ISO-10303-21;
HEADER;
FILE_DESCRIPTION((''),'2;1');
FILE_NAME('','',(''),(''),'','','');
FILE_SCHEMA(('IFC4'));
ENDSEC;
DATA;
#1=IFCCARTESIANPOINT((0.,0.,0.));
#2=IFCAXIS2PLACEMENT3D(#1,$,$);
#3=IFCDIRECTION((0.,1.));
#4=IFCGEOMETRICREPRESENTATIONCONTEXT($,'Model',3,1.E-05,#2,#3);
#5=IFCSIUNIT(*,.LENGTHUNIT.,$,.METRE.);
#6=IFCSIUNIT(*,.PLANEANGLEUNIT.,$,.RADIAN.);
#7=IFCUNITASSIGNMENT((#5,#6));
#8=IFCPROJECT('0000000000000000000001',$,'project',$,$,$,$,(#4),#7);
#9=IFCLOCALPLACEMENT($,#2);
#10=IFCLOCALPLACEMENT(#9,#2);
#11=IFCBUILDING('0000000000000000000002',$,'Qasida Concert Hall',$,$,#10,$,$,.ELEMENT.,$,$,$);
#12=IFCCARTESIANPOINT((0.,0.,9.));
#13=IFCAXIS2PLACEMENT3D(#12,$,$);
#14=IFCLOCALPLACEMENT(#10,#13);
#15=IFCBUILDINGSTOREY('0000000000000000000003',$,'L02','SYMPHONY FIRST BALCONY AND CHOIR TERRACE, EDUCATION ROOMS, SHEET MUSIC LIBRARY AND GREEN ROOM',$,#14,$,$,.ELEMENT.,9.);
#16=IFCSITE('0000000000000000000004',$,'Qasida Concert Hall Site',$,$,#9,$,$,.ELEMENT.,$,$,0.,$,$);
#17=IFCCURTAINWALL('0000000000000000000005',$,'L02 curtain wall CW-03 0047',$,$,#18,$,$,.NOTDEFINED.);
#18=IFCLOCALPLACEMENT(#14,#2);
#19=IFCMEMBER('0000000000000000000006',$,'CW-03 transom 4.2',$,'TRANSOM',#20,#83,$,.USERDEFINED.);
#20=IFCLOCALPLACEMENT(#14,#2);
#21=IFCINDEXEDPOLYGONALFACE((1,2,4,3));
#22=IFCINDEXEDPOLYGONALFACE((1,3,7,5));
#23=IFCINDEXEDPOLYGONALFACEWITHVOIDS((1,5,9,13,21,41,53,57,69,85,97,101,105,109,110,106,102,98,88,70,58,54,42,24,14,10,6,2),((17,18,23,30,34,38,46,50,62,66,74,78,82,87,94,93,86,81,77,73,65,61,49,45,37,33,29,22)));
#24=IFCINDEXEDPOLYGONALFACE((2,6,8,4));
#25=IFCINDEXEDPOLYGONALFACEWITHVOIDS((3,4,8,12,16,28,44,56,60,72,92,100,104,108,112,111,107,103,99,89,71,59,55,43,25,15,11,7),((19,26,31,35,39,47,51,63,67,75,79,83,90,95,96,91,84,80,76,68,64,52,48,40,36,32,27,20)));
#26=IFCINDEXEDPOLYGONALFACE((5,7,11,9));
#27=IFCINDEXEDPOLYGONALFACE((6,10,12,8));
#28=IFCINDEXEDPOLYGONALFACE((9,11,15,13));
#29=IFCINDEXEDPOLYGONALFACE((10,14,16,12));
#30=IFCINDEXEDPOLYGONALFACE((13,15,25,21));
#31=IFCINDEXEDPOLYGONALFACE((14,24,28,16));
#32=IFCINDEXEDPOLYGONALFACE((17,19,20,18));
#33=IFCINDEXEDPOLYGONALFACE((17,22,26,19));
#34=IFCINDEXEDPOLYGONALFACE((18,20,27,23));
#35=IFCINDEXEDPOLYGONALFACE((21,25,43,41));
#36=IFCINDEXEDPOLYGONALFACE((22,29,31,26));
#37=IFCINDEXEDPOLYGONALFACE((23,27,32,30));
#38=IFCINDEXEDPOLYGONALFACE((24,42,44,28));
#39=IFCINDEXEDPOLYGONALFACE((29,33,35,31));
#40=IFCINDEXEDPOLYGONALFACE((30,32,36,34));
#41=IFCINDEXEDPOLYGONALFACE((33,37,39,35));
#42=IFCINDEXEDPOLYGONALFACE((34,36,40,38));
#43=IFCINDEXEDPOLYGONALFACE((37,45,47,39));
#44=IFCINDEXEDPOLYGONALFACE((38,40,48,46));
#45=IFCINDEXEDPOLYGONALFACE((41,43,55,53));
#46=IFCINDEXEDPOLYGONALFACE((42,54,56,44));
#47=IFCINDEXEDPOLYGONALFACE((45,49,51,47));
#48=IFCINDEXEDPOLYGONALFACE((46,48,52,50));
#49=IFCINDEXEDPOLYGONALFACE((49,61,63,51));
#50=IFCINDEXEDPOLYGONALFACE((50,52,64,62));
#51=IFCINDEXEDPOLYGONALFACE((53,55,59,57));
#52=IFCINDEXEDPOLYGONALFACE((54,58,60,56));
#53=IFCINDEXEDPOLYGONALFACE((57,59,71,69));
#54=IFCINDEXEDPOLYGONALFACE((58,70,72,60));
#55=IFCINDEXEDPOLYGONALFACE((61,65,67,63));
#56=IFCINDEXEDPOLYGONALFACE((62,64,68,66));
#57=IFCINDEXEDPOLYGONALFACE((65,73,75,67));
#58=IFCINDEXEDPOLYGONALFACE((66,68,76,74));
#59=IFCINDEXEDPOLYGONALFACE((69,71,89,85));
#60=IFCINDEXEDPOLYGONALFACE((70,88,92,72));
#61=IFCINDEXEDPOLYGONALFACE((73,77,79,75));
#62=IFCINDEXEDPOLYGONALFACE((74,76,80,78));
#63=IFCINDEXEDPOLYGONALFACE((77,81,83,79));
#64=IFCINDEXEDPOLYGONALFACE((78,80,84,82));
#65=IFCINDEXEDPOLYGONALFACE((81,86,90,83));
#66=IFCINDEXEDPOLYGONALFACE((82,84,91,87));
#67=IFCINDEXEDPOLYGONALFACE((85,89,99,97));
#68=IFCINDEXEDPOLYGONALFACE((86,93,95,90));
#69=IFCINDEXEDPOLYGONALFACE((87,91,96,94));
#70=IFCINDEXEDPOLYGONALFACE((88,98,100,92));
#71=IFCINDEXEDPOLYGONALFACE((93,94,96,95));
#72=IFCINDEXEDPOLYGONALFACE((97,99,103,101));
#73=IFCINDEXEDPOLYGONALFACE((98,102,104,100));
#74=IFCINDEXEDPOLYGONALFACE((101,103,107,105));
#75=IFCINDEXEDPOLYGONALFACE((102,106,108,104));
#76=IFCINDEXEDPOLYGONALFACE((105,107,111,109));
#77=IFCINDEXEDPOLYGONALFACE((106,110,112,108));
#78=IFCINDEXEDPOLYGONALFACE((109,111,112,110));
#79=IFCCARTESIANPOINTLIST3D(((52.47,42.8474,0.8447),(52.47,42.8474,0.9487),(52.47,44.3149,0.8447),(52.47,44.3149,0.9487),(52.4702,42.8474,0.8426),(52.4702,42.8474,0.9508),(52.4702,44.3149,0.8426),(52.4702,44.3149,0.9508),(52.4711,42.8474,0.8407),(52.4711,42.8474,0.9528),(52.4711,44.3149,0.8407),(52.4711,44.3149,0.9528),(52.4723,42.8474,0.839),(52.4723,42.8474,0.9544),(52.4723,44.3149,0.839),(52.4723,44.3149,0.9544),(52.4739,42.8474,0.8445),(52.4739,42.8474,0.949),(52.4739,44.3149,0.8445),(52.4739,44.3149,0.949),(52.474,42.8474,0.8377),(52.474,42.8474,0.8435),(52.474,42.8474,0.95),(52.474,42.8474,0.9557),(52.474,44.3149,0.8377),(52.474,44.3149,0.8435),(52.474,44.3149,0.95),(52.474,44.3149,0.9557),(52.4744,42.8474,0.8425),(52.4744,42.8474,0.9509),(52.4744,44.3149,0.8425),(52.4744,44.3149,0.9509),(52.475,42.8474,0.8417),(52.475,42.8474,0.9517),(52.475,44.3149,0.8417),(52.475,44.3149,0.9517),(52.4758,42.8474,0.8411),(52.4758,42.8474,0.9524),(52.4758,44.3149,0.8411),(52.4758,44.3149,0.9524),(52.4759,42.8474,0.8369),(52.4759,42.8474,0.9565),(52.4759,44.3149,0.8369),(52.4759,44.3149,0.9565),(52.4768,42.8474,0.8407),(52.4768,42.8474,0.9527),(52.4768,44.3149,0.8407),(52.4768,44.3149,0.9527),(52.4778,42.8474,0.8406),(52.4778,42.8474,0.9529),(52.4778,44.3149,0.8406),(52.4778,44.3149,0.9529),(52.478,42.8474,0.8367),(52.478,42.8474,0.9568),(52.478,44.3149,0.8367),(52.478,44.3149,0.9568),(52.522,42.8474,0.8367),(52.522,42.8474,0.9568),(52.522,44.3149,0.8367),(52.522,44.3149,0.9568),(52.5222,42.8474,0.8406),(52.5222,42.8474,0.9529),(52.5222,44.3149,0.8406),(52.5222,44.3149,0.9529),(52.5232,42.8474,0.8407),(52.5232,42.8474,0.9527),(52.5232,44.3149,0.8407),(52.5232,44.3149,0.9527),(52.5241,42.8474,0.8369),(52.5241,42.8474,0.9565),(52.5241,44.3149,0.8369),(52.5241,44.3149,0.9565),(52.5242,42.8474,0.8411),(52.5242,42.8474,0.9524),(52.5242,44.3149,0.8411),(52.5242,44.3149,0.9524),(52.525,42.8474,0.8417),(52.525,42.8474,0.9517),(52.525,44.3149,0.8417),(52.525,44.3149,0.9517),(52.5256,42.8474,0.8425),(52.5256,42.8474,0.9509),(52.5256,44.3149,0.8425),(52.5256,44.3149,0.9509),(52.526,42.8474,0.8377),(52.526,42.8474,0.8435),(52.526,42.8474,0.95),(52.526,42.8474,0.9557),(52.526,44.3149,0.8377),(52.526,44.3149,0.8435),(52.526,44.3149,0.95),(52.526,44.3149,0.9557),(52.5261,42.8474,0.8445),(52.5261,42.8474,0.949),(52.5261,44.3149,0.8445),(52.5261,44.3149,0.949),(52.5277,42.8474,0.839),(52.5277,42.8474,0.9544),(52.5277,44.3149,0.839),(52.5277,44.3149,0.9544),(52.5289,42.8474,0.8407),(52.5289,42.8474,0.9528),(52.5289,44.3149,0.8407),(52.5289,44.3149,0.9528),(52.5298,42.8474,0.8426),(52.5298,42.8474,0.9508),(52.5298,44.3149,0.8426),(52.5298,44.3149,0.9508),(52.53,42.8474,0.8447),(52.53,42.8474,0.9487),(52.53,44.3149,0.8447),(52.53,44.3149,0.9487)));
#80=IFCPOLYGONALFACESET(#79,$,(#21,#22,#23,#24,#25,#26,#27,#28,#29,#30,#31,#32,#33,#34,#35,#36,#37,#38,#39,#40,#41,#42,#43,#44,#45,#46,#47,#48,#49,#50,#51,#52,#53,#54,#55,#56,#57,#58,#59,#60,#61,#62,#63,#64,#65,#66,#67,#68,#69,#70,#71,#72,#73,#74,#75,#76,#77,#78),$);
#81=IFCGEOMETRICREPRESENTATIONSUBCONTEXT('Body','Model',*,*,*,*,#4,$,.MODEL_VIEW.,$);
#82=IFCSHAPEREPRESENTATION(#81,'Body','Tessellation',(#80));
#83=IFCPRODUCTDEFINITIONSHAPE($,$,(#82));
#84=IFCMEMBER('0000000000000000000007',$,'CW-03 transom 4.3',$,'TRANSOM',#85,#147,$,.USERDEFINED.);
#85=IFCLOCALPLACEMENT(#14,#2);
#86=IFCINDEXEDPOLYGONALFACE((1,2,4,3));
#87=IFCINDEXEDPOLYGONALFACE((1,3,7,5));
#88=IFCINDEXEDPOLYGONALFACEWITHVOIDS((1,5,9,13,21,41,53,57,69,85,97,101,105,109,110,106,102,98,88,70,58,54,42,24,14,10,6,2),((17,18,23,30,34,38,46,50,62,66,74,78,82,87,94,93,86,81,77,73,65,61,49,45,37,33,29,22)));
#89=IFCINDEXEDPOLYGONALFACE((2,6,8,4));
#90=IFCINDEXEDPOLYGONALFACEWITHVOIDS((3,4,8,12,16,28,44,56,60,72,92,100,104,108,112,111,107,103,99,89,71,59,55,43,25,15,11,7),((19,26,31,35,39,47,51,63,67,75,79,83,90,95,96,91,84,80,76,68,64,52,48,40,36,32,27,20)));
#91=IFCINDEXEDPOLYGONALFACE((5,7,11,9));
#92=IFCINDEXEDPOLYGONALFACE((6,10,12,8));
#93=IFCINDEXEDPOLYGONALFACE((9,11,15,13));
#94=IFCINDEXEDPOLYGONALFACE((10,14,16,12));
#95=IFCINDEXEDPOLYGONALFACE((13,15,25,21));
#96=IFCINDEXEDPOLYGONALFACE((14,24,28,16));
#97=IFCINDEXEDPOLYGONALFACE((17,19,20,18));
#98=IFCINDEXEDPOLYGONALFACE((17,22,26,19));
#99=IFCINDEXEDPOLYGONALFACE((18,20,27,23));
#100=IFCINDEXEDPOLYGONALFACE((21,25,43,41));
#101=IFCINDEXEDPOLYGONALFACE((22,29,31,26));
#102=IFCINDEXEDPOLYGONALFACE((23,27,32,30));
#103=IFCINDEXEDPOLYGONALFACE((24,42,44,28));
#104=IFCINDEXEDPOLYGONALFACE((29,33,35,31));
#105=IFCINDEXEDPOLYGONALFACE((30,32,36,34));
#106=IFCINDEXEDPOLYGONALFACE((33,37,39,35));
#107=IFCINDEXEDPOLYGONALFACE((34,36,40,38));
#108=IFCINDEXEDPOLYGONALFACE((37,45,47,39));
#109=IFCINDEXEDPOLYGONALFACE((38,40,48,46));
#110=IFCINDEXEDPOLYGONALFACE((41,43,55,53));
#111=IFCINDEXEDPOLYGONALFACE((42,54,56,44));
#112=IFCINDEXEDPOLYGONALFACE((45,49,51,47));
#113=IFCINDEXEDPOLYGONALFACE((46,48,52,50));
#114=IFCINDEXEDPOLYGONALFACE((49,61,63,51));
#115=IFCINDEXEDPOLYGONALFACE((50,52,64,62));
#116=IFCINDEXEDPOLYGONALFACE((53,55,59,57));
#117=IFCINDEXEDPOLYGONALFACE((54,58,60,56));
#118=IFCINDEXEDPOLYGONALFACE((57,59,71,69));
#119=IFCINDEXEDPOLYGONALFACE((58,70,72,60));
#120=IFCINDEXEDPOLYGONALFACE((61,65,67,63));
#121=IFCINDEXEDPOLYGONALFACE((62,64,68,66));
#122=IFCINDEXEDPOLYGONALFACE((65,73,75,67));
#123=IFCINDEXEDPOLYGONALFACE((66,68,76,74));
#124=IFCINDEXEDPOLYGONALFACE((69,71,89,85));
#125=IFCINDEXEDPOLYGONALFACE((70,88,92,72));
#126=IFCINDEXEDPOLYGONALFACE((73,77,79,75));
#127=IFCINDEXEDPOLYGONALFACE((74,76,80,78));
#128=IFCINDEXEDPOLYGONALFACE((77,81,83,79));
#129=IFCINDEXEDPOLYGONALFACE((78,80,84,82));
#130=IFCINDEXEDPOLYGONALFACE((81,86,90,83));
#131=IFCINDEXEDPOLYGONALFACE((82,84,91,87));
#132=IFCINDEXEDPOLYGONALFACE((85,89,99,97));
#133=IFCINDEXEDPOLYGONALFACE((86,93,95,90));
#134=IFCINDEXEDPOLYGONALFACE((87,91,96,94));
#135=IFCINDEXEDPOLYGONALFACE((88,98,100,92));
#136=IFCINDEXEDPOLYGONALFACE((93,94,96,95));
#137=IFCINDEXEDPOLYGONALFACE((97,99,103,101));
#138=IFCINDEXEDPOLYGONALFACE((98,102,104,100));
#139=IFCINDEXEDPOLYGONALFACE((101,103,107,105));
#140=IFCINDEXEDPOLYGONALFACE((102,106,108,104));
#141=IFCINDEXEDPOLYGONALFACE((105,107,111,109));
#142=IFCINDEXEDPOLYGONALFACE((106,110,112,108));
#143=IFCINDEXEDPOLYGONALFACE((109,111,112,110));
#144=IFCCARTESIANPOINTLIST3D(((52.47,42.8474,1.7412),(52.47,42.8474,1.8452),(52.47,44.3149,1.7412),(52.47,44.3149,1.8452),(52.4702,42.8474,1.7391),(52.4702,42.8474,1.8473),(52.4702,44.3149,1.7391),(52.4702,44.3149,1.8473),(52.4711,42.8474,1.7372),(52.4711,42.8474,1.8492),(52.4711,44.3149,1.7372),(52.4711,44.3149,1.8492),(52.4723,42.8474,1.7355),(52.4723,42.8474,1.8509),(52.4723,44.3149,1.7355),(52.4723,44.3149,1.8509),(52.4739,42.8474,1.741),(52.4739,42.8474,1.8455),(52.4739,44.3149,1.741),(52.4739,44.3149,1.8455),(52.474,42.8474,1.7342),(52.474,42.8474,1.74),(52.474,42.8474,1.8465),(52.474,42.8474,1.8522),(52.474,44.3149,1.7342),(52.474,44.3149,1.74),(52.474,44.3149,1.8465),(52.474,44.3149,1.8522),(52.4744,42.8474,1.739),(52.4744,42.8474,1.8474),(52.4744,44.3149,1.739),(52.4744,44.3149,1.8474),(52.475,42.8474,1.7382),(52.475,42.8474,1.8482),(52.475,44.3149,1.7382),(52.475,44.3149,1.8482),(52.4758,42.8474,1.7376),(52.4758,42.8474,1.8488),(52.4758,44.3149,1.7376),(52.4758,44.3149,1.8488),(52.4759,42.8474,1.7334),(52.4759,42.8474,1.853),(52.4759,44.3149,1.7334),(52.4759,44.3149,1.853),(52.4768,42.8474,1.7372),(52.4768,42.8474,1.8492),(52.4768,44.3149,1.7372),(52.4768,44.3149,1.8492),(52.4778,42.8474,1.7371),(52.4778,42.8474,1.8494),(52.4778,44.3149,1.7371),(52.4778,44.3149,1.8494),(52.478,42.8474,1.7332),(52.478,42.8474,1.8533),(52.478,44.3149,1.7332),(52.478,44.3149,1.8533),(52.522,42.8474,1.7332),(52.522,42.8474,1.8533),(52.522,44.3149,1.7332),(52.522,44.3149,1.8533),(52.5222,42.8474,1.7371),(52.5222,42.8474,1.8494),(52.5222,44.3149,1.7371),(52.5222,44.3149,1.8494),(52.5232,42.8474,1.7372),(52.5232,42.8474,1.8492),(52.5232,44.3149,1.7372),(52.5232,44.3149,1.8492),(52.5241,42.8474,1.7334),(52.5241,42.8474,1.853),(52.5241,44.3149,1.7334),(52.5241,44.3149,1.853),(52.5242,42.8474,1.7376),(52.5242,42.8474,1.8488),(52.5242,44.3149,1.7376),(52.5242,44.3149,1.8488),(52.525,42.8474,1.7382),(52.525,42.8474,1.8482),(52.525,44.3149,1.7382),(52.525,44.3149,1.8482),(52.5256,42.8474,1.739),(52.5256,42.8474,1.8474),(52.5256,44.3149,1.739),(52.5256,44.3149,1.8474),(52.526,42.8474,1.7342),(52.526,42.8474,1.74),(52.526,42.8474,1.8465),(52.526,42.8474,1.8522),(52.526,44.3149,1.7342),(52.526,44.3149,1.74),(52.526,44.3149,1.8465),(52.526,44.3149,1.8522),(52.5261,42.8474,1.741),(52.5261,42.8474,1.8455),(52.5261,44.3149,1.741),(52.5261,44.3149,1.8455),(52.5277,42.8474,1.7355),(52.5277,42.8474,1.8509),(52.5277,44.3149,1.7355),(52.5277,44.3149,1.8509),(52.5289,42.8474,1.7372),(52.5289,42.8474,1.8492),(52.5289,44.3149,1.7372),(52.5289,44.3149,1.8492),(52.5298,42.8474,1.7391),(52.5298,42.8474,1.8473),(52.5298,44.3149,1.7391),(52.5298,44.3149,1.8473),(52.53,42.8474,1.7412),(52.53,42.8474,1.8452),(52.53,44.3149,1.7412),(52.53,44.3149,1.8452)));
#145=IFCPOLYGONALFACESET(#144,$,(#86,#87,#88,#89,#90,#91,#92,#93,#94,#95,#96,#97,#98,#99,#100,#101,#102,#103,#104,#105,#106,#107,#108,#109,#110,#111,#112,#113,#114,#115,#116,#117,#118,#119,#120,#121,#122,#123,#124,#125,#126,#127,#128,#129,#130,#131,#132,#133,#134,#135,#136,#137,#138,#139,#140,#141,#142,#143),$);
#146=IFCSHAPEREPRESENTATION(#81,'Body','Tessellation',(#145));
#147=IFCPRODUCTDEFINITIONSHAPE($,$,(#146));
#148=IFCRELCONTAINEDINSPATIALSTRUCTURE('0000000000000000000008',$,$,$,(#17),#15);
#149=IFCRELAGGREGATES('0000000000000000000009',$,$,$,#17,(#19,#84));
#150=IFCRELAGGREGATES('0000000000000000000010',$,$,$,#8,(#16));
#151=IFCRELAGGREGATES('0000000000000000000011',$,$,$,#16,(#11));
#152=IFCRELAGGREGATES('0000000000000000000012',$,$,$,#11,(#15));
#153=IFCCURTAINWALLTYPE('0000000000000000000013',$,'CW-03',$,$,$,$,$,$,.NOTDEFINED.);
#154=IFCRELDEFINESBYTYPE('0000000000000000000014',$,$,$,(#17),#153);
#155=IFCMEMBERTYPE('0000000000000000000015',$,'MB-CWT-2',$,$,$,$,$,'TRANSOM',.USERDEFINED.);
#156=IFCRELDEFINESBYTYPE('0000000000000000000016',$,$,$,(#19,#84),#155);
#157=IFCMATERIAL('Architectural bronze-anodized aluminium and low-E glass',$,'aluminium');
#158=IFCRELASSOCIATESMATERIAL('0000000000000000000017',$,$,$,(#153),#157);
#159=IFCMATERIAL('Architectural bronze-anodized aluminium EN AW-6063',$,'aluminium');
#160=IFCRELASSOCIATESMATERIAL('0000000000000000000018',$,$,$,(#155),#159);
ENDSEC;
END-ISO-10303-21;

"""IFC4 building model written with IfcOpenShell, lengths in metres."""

from ifc_helpers import new_model, si_unit, direction, frame, origin, origin_2d, place, context, subcontext, project, spatial, hollow_rectangle, extrude, material, material_profile, profile_set, type_object, element, aggregate, save


model = new_model("IFC4")

# Units and contexts
model_context = context("Model", 3, precision=1e-05, world=origin(), true_north=direction((0.0, 1.0)))
body_context = subcontext(model_context, "Body", "Model", "MODEL_VIEW")
ifc_project = project(units=[si_unit("LENGTHUNIT", "METRE"), si_unit("PLANEANGLEUNIT", "RADIAN")], contexts=[model_context])

# Site, building, storey
site_placement = place(None, origin())
site = spatial("IfcSite", under=ifc_project, at=site_placement, Name="Qasida Concert Hall Site", CompositionType="ELEMENT", RefElevation=0.0)
building_placement = place(site_placement, origin())
building = spatial("IfcBuilding", under=site, at=building_placement, Name="Qasida Concert Hall", CompositionType="ELEMENT")
storey_placement = place(building_placement, frame((0.0, 0.0, 9.0)))
storey = spatial("IfcBuildingStorey", under=building, at=storey_placement, Name="L02", Description="SYMPHONY FIRST BALCONY AND CHOIR TERRACE, EDUCATION ROOMS, SHEET MUSIC LIBRARY AND GREEN ROOM", CompositionType="ELEMENT", Elevation=9.0)

# Curtain wall
ifc_material_1 = material(Name="Architectural bronze-anodized aluminium and low-E glass", Category="aluminium")
curtain_wall_type_1 = type_object("IfcCurtainWallType", Name="CW-03", PredefinedType="NOTDEFINED", material=ifc_material_1)
curtain_wall_1_placement = place(storey_placement, origin())
curtain_wall_1 = element("IfcCurtainWall", 1, at=curtain_wall_1_placement, inside=storey, type_object=curtain_wall_type_1, Name="L02 curtain wall CW-03 0047", PredefinedType="NOTDEFINED")
ifc_material_2 = material(Name="Architectural bronze-anodized aluminium EN AW-6063", Category="aluminium")

# Members
ifc_material_profile_1 = material_profile(ifc_material_2, hollow_rectangle(XDim=0.0601, YDim=0.1201, WallThickness=0.0039, InnerFilletRadius=0.0039, OuterFilletRadius=0.0081, at=origin_2d()), Name="CWT 120x60x4")
ifc_profile_set_1 = profile_set([ifc_material_profile_1], Name="Architectural bronze-anodized aluminium EN AW-6063")
member_type_1 = type_object("IfcMemberType", Name="MB-CWT-2", ElementType="TRANSOM", PredefinedType="USERDEFINED", material=ifc_profile_set_1)
member_1_placement = place(storey_placement, frame((52.5, 42.8474, 0.8967), z_axis=(0.0, 1.0, 0.0), x_axis=(-1.0, 0.0, 0.0)))
member_1 = element("IfcMember", 2, at=member_1_placement, type_object=member_type_1, Name="CW-03 transom 4.2", ObjectType="TRANSOM", PredefinedType="USERDEFINED", context=body_context, shape_type="SweptSolid", body=[
    extrude(hollow_rectangle(XDim=0.0601, YDim=0.1201, WallThickness=0.0039, InnerFilletRadius=0.0039, OuterFilletRadius=0.0081, at=origin_2d()), origin(), (0.0, 0.0, 1.0), 1.4675),
])
member_2_placement = place(storey_placement, frame((52.5, 42.8474, 1.7932), z_axis=(0.0, 1.0, 0.0), x_axis=(-1.0, 0.0, 0.0)))
member_2 = element("IfcMember", 3, at=member_2_placement, type_object=member_type_1, Name="CW-03 transom 4.3", ObjectType="TRANSOM", PredefinedType="USERDEFINED", context=body_context, shape_type="SweptSolid", body=[
    extrude(hollow_rectangle(XDim=0.0601, YDim=0.1201, WallThickness=0.0039, InnerFilletRadius=0.0039, OuterFilletRadius=0.0081, at=origin_2d()), origin(), (0.0, 0.0, 1.0), 1.4675),
])

aggregate(curtain_wall_1, [member_1, member_2])

save(model, "model.ifc")
